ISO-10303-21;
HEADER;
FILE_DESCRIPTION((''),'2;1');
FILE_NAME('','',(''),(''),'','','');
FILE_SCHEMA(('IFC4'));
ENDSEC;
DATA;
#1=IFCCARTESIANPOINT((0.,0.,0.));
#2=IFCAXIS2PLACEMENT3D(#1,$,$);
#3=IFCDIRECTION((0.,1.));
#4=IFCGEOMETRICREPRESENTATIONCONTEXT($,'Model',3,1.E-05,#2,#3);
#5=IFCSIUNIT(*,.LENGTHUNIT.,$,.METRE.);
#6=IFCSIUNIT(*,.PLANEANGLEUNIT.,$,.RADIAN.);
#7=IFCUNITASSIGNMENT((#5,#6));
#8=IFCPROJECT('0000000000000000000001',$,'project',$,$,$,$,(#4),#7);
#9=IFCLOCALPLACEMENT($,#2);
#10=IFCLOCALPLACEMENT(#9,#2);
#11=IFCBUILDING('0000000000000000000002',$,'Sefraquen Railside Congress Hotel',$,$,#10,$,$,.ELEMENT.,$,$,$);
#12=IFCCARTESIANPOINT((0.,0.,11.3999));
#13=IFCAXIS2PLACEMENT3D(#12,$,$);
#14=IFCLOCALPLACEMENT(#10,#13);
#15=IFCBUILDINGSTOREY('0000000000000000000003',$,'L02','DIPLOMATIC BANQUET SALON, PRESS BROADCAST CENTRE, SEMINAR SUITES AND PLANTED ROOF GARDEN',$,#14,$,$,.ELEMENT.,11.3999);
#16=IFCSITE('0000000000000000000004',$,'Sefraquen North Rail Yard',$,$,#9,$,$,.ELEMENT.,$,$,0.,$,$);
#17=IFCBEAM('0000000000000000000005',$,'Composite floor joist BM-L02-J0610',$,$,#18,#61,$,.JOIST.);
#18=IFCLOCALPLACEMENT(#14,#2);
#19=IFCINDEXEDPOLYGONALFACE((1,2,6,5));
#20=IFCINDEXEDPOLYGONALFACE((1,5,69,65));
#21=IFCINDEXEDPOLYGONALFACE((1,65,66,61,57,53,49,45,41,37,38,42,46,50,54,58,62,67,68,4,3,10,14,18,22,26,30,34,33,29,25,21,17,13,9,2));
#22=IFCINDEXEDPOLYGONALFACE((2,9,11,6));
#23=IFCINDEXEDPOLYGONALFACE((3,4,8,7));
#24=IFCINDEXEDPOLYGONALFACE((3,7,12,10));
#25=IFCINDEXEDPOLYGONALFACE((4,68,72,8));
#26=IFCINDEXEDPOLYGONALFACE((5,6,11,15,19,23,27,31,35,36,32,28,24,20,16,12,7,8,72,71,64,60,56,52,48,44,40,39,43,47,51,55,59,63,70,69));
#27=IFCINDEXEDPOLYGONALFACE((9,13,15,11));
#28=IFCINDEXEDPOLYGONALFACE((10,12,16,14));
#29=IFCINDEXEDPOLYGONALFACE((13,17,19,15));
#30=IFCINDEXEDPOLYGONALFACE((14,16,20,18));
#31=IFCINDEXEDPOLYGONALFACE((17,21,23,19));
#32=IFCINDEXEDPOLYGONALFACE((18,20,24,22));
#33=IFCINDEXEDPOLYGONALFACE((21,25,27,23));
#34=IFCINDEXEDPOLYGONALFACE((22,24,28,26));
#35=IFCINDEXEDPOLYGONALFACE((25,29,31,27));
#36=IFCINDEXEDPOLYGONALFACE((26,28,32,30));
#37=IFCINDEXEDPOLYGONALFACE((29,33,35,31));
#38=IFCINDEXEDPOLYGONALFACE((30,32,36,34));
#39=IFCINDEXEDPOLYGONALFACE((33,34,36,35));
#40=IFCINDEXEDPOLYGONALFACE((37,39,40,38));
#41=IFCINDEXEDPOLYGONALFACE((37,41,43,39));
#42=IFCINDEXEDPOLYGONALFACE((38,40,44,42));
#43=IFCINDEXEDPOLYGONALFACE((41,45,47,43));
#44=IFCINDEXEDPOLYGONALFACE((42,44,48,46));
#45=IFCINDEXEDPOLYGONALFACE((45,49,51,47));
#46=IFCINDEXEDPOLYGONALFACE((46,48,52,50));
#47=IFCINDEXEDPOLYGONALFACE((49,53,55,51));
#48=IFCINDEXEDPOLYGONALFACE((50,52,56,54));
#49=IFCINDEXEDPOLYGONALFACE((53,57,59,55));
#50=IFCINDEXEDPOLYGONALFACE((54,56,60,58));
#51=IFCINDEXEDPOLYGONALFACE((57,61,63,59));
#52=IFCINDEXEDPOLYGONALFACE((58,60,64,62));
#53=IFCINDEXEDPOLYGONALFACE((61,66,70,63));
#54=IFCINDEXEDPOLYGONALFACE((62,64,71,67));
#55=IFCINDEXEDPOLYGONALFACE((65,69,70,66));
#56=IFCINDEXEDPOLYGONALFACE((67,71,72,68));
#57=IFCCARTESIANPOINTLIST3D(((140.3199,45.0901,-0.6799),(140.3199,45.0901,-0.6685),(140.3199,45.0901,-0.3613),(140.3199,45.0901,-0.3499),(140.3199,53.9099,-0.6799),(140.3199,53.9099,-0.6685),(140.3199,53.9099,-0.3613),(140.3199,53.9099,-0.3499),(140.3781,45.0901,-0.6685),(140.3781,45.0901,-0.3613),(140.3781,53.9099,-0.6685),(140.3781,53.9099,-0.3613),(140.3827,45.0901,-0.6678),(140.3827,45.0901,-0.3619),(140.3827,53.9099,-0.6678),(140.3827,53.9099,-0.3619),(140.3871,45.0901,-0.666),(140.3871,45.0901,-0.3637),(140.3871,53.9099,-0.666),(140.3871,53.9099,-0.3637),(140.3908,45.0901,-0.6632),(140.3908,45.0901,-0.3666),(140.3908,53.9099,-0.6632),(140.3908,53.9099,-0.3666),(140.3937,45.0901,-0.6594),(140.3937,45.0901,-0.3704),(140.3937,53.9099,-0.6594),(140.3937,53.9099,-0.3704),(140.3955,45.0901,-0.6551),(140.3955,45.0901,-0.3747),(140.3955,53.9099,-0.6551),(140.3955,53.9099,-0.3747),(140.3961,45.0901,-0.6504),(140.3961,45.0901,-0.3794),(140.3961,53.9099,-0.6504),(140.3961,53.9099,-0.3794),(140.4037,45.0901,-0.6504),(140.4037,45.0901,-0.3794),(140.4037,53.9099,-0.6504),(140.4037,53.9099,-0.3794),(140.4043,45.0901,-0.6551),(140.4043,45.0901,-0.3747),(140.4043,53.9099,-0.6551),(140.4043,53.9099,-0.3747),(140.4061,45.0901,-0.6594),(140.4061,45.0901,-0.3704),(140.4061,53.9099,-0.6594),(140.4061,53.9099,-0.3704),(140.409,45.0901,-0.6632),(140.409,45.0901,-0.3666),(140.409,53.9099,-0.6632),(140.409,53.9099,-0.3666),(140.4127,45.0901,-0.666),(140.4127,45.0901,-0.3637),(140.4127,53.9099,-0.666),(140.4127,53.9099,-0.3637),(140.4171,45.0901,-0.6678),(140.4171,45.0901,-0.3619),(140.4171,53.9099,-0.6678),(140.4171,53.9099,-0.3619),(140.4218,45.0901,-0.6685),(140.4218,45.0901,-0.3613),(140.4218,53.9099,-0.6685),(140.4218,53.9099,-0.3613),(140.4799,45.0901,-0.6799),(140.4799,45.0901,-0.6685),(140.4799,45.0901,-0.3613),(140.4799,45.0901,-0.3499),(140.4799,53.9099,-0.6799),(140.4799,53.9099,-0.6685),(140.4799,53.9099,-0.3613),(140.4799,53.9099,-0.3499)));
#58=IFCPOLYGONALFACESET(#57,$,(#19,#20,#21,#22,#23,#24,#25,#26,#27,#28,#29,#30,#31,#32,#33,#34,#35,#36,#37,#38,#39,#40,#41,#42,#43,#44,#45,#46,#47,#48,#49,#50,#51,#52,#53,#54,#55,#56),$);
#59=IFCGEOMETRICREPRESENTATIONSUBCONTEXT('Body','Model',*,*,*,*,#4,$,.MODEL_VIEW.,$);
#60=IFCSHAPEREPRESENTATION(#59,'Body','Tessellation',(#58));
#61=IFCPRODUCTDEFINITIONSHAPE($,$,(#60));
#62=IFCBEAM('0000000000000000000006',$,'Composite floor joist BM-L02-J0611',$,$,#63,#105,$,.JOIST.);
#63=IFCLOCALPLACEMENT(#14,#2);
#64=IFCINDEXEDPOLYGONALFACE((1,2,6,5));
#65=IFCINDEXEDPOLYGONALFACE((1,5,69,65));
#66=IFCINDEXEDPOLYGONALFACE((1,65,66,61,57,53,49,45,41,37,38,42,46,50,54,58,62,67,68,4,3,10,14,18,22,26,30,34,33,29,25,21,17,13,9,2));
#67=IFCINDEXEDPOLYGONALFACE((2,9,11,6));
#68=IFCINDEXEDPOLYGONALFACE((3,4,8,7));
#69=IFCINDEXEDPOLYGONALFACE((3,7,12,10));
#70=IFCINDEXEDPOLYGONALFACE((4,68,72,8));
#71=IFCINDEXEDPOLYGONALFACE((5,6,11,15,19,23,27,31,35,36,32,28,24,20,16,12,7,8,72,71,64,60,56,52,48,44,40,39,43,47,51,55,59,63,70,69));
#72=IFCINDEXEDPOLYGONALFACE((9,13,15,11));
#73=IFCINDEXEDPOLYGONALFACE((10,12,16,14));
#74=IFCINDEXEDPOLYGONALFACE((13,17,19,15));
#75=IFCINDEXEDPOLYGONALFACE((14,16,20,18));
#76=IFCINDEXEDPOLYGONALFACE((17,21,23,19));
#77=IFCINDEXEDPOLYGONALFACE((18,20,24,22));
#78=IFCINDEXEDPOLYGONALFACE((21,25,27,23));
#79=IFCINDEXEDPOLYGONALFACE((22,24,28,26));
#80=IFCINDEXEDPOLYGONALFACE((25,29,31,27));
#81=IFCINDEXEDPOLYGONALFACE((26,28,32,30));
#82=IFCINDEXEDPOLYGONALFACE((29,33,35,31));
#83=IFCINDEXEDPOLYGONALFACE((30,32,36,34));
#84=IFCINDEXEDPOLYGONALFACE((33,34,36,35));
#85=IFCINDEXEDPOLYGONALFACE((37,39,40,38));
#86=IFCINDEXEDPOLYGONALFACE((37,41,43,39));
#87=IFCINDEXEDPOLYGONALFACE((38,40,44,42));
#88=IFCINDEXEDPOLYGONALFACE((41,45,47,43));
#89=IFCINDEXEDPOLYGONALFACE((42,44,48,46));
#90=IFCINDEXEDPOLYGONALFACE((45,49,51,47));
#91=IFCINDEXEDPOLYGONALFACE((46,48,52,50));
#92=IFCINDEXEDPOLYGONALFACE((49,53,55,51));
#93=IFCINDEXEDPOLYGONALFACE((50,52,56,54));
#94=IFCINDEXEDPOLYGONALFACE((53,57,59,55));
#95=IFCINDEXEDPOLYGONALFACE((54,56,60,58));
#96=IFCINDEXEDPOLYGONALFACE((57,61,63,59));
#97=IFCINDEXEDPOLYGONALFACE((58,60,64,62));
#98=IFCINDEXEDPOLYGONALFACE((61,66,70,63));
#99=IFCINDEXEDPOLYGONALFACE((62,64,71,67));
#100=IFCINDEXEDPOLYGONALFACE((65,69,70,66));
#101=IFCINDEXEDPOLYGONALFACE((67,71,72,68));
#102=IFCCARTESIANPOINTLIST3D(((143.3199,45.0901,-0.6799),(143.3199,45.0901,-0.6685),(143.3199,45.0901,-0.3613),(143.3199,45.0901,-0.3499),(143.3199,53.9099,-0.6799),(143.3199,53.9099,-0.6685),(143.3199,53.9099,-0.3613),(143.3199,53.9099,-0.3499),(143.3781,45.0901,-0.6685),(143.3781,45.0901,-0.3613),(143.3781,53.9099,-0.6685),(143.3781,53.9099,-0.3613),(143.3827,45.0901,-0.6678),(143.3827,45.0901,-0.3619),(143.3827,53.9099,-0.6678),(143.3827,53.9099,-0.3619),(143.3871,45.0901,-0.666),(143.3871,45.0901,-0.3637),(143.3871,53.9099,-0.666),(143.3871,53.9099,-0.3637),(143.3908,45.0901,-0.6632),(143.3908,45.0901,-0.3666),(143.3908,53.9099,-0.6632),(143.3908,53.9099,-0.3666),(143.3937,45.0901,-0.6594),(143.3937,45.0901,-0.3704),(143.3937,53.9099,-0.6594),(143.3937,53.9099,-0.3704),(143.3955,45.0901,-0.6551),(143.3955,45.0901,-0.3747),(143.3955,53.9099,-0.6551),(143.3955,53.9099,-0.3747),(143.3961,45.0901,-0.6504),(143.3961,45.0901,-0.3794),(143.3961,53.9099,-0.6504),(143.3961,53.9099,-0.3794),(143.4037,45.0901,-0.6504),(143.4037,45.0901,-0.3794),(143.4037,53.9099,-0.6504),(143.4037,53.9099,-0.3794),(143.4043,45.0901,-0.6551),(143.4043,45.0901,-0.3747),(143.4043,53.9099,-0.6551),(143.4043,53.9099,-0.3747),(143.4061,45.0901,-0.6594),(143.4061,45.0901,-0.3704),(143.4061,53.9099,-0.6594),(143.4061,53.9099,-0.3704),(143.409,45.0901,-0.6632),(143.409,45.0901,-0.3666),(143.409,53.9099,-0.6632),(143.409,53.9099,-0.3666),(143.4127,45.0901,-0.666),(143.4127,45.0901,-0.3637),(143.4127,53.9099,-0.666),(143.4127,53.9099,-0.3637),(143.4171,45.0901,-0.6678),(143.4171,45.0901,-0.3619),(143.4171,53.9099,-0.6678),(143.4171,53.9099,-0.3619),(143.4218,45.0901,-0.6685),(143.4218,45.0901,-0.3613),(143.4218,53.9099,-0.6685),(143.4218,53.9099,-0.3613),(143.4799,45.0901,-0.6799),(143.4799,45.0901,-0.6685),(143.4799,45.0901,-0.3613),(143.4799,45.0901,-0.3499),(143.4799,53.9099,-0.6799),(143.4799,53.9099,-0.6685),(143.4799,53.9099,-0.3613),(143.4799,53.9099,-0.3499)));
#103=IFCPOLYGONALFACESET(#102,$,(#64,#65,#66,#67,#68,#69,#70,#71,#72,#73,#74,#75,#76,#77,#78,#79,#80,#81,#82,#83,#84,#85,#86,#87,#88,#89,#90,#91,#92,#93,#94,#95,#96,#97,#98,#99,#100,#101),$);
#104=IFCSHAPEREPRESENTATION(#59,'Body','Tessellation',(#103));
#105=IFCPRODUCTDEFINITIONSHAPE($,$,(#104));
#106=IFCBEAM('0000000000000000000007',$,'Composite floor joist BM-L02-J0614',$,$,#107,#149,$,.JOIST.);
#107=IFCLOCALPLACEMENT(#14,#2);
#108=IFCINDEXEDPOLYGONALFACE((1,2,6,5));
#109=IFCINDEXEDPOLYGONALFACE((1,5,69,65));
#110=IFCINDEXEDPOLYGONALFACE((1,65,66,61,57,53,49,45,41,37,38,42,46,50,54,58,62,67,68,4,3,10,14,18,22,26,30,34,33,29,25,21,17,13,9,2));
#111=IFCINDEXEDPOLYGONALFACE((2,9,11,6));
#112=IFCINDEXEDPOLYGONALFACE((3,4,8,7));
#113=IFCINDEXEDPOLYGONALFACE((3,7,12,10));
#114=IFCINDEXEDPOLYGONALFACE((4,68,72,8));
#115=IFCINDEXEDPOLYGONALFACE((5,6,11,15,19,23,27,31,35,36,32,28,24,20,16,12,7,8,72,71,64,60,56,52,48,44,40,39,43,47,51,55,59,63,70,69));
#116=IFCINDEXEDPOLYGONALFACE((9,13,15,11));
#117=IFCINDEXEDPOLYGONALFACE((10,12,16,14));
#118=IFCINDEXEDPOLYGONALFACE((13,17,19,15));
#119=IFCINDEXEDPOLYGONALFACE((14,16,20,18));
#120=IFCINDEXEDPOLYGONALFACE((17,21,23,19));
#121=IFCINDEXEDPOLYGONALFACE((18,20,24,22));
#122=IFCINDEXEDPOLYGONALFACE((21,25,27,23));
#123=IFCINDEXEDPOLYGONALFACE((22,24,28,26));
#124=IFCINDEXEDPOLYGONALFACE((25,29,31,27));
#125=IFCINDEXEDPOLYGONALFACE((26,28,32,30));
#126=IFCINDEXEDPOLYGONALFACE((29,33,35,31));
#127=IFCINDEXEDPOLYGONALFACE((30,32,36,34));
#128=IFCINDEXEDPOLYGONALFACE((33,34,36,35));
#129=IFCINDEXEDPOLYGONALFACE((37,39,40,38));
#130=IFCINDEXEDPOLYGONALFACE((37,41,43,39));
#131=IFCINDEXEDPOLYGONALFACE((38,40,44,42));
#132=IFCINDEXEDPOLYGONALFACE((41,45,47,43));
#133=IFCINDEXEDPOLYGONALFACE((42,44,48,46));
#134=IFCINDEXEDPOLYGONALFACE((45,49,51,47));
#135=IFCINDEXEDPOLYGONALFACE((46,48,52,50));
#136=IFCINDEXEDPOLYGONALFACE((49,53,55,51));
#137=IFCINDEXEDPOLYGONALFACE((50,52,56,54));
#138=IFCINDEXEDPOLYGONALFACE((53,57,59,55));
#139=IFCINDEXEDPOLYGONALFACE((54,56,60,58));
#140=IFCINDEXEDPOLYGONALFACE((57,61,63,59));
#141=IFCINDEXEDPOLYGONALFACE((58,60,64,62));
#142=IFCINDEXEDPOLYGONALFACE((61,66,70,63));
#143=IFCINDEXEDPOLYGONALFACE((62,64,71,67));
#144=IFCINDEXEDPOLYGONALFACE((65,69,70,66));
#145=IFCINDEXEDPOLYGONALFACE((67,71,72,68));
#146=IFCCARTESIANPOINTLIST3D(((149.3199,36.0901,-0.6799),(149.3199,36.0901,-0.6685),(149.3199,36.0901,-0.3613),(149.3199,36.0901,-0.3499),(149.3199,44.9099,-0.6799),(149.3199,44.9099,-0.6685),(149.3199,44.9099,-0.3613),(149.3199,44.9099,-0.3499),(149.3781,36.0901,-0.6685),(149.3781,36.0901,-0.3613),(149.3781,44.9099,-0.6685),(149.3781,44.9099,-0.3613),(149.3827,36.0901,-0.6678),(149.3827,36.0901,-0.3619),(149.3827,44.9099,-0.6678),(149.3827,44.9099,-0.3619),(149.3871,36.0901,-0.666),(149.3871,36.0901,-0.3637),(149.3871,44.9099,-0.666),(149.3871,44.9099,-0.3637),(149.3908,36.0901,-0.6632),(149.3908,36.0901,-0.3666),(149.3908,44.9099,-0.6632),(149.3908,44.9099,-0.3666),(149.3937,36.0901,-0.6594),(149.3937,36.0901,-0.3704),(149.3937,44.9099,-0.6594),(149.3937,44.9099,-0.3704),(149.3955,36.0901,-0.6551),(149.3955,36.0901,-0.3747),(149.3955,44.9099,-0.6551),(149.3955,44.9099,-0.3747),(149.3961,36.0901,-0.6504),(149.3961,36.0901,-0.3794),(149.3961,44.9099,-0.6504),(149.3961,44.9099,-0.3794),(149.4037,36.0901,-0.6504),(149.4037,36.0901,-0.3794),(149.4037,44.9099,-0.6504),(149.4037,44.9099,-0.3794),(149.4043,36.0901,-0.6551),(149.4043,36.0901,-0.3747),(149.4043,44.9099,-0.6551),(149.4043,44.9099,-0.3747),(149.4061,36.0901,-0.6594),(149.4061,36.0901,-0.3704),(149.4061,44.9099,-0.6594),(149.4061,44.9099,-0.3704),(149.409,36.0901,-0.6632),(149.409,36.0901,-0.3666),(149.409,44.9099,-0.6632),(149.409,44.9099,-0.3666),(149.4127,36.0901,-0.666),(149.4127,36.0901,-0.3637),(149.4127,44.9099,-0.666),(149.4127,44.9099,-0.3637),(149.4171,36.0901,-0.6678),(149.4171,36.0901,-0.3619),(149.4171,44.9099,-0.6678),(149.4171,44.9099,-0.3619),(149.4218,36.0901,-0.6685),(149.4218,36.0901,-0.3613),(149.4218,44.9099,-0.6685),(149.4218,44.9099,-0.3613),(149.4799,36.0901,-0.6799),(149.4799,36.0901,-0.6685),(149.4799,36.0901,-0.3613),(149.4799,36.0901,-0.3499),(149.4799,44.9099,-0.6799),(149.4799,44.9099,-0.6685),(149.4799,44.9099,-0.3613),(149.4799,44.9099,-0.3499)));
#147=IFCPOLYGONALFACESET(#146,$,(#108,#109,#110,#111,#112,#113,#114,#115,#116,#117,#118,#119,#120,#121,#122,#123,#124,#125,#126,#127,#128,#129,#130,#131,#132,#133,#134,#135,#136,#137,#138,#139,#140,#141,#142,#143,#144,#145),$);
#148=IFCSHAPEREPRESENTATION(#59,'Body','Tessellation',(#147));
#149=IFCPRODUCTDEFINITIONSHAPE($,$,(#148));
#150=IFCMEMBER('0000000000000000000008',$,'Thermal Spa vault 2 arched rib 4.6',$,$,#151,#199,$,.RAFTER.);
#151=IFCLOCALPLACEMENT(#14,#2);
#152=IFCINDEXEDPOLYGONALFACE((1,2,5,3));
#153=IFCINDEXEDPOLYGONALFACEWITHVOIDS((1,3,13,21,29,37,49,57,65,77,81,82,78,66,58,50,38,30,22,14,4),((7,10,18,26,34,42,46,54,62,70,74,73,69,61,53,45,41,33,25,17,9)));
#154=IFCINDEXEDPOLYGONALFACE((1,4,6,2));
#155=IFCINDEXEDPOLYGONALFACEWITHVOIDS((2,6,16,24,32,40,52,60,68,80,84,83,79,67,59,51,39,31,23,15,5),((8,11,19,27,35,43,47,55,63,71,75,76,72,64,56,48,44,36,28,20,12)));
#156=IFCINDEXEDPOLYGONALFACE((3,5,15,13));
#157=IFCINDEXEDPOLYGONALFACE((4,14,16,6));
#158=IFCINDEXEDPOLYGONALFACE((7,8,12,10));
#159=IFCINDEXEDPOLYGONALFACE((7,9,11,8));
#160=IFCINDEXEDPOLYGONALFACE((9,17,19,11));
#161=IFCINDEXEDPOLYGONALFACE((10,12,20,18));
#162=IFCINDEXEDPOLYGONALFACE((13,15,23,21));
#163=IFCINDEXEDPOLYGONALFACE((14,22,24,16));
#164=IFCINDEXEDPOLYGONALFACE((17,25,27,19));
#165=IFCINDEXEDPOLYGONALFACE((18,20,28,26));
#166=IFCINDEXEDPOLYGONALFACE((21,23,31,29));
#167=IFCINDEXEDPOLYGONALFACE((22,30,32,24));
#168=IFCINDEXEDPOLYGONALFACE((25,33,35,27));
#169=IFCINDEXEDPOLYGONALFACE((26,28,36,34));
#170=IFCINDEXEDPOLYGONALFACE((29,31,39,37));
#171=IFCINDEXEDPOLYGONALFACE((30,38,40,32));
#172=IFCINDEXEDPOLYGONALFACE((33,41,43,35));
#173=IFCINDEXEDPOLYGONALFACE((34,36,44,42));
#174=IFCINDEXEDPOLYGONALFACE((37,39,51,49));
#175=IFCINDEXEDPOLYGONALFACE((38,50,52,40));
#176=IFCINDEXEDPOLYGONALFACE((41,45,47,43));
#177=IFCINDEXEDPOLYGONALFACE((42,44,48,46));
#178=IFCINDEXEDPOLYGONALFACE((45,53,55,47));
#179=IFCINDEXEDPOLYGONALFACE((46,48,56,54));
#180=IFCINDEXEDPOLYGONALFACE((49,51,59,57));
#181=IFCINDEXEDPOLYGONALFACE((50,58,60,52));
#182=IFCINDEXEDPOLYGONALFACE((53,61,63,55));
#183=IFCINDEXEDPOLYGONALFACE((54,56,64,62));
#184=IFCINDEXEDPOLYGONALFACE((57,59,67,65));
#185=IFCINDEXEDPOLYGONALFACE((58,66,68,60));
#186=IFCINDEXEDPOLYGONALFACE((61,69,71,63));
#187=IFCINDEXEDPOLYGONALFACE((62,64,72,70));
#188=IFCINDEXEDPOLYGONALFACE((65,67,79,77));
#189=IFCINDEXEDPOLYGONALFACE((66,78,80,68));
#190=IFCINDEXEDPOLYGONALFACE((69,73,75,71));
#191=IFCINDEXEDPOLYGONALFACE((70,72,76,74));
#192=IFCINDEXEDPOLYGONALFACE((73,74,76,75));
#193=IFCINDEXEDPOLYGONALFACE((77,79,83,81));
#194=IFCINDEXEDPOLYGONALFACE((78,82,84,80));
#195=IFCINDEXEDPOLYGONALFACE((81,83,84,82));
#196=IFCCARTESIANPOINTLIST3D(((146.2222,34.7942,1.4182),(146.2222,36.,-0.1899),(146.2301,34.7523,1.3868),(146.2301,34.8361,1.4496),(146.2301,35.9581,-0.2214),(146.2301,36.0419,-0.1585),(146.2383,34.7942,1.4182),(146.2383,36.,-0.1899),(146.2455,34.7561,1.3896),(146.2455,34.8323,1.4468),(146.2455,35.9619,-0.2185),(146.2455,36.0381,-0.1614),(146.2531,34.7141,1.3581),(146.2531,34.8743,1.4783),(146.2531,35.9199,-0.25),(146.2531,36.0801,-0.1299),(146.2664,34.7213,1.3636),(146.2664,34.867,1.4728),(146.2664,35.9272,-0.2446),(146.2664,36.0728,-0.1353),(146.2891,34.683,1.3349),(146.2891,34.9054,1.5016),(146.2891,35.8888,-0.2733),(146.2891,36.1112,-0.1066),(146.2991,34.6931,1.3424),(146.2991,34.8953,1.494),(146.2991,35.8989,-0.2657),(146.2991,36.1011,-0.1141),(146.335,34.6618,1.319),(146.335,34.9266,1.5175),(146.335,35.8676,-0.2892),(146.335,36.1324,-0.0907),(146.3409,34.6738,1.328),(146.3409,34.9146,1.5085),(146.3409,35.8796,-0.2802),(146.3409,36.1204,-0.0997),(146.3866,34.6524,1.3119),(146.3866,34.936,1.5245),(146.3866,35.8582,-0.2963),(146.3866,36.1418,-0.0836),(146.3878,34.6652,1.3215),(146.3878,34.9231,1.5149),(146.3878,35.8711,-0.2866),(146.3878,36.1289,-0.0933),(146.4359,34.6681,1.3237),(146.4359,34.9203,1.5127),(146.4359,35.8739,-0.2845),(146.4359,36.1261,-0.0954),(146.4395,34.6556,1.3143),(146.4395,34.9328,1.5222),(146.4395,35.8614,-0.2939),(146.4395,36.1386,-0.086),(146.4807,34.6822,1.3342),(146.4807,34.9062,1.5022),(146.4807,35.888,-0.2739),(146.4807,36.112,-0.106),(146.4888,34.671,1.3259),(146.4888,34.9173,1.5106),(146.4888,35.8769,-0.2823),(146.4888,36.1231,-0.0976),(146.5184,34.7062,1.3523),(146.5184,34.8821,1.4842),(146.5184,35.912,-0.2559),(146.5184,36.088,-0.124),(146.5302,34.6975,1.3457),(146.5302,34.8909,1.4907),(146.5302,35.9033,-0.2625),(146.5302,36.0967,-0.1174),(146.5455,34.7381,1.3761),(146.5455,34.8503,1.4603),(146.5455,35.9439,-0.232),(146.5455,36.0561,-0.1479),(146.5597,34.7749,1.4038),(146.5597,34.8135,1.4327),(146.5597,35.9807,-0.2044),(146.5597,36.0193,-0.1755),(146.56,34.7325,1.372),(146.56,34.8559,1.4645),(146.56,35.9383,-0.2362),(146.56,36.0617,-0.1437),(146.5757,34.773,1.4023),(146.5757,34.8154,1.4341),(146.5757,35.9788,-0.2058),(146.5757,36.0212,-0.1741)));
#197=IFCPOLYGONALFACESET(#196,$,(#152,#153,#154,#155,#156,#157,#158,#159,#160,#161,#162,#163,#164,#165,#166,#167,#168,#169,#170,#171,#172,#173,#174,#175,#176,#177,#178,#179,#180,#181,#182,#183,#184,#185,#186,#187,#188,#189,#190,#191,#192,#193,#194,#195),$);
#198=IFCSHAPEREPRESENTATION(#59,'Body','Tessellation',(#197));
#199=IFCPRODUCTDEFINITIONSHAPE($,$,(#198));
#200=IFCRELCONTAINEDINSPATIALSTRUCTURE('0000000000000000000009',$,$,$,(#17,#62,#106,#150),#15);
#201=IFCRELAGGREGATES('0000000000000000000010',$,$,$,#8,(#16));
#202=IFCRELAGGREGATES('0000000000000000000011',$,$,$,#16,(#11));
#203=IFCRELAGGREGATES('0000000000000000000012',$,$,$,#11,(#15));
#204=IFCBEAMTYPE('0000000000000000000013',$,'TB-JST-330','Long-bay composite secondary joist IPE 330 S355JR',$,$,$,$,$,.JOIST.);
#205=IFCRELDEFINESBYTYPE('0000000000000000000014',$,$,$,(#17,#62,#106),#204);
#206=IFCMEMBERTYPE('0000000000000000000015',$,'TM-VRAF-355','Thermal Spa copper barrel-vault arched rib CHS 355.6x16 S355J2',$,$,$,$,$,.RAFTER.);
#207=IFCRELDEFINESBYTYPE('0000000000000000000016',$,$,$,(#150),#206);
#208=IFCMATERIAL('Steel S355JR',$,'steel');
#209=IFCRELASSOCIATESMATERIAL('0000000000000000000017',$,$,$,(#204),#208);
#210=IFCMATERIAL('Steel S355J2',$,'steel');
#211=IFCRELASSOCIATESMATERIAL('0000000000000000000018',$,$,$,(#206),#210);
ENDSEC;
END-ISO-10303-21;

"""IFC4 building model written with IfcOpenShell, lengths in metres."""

from ifc_helpers import new_model, si_unit, direction, frame, origin, origin_2d, place, context, subcontext, project, spatial, hollow_circle, i_section, extrude, material, material_profile, profile_set, type_object, element, save


model = new_model("IFC4")

# Units and contexts
model_context = context("Model", 3, precision=1e-05, world=origin(), true_north=direction((0.0, 1.0)))
body_context = subcontext(model_context, "Body", "Model", "MODEL_VIEW")
ifc_project = project(units=[si_unit("LENGTHUNIT", "METRE"), si_unit("PLANEANGLEUNIT", "RADIAN")], contexts=[model_context])

# Site, building, storey
site_placement = place(None, origin())
site = spatial("IfcSite", under=ifc_project, at=site_placement, Name="Sefraquen North Rail Yard", CompositionType="ELEMENT", RefElevation=0.0)
building_placement = place(site_placement, origin())
building = spatial("IfcBuilding", under=site, at=building_placement, Name="Sefraquen Railside Congress Hotel", CompositionType="ELEMENT")
storey_placement = place(building_placement, frame((0.0, 0.0, 11.3999)))
storey = spatial("IfcBuildingStorey", under=building, at=storey_placement, Name="L02", Description="DIPLOMATIC BANQUET SALON, PRESS BROADCAST CENTRE, SEMINAR SUITES AND PLANTED ROOF GARDEN", CompositionType="ELEMENT", Elevation=11.3999)

# Shared definitions
ifc_material_1 = material(Name="Steel S355JR", Category="steel")

# Beams
ifc_material_profile_1 = material_profile(ifc_material_1, i_section(OverallWidth=0.1599, OverallDepth=0.3301, WebThickness=0.0076, FlangeThickness=0.0115, FilletRadius=0.0181, at=origin_2d()), Name="IPE 330")
ifc_profile_set_1 = profile_set([ifc_material_profile_1], Name="Steel S355JR")
beam_type_1 = type_object("IfcBeamType", Name="TB-JST-330", Description="Long-bay composite secondary joist IPE 330 S355JR", PredefinedType="JOIST", material=ifc_profile_set_1)
for number, where, z_axis, x_axis, name in (
    (1, (140.3999, 45.0901, -0.5149), (0.0, 1.0, 0.0), (-1.0, 0.0, 0.0), "Composite floor joist BM-L02-J0610"),
    (2, (143.3999, 45.0901, -0.5149), (0.0, 1.0, 0.0), (-1.0, 0.0, 0.0), "Composite floor joist BM-L02-J0611"),
    (3, (149.3999, 36.0901, -0.5149), (0.0, 1.0, 0.0), (-1.0, 0.0, 0.0), "Composite floor joist BM-L02-J0614"),
):
    element("IfcBeam", number, at=place(storey_placement, frame(where, z_axis=z_axis, x_axis=x_axis)), inside=storey, type_object=beam_type_1, Name=name, PredefinedType="JOIST", context=body_context, shape_type="SweptSolid", body=[
        extrude(i_section(OverallWidth=0.1599, OverallDepth=0.3301, WebThickness=0.0076, FlangeThickness=0.0115, FilletRadius=0.0181, at=origin_2d()), origin(), (0.0, 0.0, 1.0), 8.8198),
    ])

# Member
ifc_material_2 = material(Name="Steel S355J2", Category="steel")
ifc_material_profile_2 = material_profile(ifc_material_2, hollow_circle(Radius=0.1777, WallThickness=0.0161, at=origin_2d()), Name="CHS 355.6x16")
ifc_profile_set_2 = profile_set([ifc_material_profile_2], Name="Steel S355J2")
member_type = type_object("IfcMemberType", Name="TM-VRAF-355", Description="Thermal Spa copper barrel-vault arched rib CHS 355.6x16 S355J2", PredefinedType="RAFTER", material=ifc_profile_set_2)
member_1_placement = place(storey_placement, frame((146.3999, 34.7942, 1.4182), z_axis=(0.0, 0.599903, -0.800073), x_axis=(-1.0, 0.0, 0.0)))
element("IfcMember", 4, at=member_1_placement, inside=storey, type_object=member_type, Name="Thermal Spa vault 2 arched rib 4.6", PredefinedType="RAFTER", context=body_context, shape_type="SweptSolid", body=[
    extrude(hollow_circle(Radius=0.1777, WallThickness=0.0161, at=origin_2d()), origin(), (0.0, 0.0, 1.0), 2.01),
])

save(model, "model.ifc")
